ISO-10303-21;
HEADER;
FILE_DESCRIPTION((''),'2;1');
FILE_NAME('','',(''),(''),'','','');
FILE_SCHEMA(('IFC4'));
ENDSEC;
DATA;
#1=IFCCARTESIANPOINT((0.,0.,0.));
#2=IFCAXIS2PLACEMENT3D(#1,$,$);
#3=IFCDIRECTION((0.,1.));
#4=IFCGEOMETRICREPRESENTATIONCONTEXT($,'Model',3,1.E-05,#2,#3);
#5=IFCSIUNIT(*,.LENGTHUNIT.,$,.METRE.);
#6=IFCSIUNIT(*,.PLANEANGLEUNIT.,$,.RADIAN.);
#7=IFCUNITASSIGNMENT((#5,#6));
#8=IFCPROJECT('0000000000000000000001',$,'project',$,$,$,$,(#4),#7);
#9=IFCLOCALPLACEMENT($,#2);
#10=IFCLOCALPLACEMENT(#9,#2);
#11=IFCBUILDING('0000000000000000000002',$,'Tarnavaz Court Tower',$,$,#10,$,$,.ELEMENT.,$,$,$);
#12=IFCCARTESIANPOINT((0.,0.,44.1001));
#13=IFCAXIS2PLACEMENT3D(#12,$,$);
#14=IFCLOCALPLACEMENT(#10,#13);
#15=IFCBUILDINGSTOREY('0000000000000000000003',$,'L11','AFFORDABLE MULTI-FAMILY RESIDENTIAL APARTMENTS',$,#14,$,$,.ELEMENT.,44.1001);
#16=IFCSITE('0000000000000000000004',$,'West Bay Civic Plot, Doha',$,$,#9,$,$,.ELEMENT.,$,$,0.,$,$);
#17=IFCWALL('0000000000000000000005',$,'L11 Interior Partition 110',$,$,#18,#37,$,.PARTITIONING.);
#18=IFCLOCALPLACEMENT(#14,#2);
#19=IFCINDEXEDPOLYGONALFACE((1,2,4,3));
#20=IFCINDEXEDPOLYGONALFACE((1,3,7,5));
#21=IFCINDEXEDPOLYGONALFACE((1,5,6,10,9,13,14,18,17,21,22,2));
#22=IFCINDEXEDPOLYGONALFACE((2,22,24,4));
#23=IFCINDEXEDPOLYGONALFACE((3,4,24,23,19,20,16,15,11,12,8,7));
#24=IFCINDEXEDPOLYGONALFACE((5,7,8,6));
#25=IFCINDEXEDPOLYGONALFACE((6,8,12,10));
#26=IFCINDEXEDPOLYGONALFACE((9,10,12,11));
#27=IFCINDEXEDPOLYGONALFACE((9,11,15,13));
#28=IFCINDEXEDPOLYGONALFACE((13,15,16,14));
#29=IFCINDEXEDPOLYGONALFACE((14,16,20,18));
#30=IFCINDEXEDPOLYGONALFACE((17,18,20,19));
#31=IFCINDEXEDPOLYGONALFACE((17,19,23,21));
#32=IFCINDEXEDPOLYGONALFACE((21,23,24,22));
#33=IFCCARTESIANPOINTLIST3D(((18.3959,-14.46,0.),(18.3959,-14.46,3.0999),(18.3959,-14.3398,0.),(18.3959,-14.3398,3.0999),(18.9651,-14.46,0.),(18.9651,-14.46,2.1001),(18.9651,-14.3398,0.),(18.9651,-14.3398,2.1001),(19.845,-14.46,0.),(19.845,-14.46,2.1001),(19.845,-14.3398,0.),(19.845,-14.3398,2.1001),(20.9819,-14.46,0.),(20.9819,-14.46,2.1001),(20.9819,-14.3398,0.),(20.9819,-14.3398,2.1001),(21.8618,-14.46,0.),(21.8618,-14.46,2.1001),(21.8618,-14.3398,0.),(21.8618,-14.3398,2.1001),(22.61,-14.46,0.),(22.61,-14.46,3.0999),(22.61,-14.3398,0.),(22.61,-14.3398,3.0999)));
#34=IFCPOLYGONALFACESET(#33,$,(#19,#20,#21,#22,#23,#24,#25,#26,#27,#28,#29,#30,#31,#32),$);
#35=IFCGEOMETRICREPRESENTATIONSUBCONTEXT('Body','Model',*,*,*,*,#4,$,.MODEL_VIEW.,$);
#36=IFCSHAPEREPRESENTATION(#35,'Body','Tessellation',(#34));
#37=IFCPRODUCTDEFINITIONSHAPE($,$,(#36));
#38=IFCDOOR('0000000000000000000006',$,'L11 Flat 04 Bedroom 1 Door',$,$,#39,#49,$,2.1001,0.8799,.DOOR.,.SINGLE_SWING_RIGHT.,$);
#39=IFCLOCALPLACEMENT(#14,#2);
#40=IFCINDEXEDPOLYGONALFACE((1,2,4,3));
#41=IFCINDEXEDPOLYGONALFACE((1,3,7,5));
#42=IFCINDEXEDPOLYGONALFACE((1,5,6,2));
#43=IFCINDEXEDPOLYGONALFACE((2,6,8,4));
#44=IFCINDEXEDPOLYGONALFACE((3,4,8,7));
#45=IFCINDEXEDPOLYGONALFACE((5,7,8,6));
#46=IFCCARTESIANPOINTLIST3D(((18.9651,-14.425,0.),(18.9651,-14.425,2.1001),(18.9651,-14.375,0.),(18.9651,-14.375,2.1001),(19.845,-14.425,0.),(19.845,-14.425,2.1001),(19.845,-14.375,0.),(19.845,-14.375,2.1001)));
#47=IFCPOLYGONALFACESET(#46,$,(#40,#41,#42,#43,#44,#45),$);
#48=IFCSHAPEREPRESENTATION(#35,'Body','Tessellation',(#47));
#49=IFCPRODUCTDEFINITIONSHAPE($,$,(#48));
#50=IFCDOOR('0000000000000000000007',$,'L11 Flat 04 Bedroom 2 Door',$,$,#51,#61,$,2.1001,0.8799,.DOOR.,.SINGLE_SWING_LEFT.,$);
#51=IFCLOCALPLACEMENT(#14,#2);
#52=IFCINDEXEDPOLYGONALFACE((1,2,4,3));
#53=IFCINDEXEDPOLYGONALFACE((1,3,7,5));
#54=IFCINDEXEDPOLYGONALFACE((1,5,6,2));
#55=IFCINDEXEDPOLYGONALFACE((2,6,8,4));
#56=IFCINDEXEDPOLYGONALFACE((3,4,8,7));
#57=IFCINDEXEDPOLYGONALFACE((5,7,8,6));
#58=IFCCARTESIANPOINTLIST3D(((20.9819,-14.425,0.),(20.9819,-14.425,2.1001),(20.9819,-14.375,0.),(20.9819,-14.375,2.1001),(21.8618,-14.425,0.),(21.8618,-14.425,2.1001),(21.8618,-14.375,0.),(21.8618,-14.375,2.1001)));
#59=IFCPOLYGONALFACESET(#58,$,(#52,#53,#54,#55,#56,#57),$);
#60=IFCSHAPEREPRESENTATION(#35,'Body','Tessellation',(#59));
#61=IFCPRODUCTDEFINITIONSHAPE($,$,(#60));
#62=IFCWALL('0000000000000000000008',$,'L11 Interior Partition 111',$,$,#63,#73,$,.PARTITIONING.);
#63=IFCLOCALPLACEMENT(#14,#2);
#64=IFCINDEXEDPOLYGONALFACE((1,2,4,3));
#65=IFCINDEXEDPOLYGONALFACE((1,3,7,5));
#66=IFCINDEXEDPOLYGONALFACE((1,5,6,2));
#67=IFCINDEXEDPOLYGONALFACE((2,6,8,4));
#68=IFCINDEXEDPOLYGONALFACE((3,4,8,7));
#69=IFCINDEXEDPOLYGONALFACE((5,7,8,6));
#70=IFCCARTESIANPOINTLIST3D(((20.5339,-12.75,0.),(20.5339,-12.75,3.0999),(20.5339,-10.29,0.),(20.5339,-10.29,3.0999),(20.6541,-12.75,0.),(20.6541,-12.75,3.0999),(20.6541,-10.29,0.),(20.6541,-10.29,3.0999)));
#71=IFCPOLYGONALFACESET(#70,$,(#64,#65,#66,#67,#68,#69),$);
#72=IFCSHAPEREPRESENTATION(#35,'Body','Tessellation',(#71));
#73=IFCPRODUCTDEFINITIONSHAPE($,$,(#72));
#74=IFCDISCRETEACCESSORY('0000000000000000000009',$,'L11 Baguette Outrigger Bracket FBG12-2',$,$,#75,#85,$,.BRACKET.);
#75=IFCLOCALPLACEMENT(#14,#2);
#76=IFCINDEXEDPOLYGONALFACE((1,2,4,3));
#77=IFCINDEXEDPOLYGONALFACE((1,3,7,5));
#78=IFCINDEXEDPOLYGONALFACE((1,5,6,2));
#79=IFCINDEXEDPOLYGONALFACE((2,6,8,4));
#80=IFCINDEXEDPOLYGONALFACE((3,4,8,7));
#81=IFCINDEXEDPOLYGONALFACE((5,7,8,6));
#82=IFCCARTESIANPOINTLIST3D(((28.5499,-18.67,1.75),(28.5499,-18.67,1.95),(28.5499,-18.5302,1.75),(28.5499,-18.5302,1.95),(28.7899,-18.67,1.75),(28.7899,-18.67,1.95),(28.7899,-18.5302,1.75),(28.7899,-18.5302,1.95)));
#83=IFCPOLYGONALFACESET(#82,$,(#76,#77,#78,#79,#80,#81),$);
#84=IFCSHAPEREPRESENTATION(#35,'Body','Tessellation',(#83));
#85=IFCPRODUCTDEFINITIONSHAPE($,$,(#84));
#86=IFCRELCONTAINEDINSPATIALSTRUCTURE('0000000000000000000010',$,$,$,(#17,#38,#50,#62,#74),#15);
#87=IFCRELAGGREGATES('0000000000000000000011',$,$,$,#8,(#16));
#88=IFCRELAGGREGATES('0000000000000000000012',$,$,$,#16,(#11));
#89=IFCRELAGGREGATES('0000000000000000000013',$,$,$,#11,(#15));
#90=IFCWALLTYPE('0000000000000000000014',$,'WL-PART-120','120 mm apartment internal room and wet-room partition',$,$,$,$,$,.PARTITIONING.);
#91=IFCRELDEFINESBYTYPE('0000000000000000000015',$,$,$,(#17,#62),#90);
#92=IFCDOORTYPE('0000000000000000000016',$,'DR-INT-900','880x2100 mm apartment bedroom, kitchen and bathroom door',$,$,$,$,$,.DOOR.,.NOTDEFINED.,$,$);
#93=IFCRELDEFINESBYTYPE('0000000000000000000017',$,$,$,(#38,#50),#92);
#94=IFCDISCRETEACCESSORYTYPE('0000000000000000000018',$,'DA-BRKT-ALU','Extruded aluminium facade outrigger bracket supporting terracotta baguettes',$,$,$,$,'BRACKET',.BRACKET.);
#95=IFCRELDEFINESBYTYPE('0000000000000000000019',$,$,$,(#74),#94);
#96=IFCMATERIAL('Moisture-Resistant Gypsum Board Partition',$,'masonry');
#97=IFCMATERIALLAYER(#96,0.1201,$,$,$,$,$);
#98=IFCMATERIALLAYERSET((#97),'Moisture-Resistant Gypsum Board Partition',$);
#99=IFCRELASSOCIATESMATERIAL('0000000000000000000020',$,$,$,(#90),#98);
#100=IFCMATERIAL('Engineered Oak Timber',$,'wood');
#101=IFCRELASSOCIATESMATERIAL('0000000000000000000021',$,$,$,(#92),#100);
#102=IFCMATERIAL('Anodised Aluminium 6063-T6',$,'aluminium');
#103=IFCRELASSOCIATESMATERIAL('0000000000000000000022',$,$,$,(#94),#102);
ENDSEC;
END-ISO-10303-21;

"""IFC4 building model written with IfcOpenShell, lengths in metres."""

from ifc_helpers import new_model, si_unit, direction, frame, frame_2d, origin, origin_2d, place, context, subcontext, project, spatial, rectangle, extrude, material, layer, layer_set, type_object, element, fill, save


model = new_model("IFC4")

# Units and contexts
model_context = context("Model", 3, precision=1e-05, world=origin(), true_north=direction((0.0, 1.0)))
body_context = subcontext(model_context, "Body", "Model", "MODEL_VIEW")
ifc_project = project(units=[si_unit("LENGTHUNIT", "METRE"), si_unit("PLANEANGLEUNIT", "RADIAN")], contexts=[model_context])

# Site, building, storey
site_placement = place(None, origin())
site = spatial("IfcSite", under=ifc_project, at=site_placement, Name="West Bay Civic Plot, Doha", CompositionType="ELEMENT", RefElevation=0.0)
building_placement = place(site_placement, origin())
building = spatial("IfcBuilding", under=site, at=building_placement, Name="Tarnavaz Court Tower", CompositionType="ELEMENT")
storey_placement = place(building_placement, frame((0.0, 0.0, 44.1001)))
storey = spatial("IfcBuildingStorey", under=building, at=storey_placement, Name="L11", Description="AFFORDABLE MULTI-FAMILY RESIDENTIAL APARTMENTS", CompositionType="ELEMENT", Elevation=44.1001)

# Shared definitions
ifc_material_1 = material(Name="Engineered Oak Timber", Category="wood")
ifc_material_2 = material(Name="Moisture-Resistant Gypsum Board Partition", Category="masonry")
ifc_layer_1 = layer(ifc_material_2, 0.1201)
ifc_layer_set_1 = layer_set([ifc_layer_1], Name="Moisture-Resistant Gypsum Board Partition")
wall_type_1 = type_object("IfcWallType", Name="WL-PART-120", Description="120 mm apartment internal room and wet-room partition", PredefinedType="PARTITIONING", material=ifc_layer_set_1)
door_type_1 = type_object("IfcDoorType", Name="DR-INT-900", Description="880x2100 mm apartment bedroom, kitchen and bathroom door", OperationType="NOTDEFINED", PredefinedType="DOOR", material=ifc_material_1)

# Wall, openings, doors
wall_1_placement = place(storey_placement, frame((18.396, -14.3999, 0.0), z_axis=(0.0, 0.0, 1.0), x_axis=(1.0, 0.0, 0.0)))
wall_1 = element("IfcWall", 1, at=wall_1_placement, inside=storey, type_object=wall_type_1, Name="L11 Interior Partition 110", PredefinedType="PARTITIONING", context=body_context, shape_type="SweptSolid", body=[
    extrude(rectangle(XDim=4.2141, YDim=0.1201, at=frame_2d((2.1069, 0.0))), origin(), (0.0, 0.0, 1.0), 3.0999),
])
opening_1_placement = place(wall_1_placement, frame((0.5691, 0.0, 0.0)))
opening_1 = element("IfcOpeningElement", 2, at=opening_1_placement, cuts=wall_1, PredefinedType="OPENING", context=body_context, shape_type="SweptSolid", body=[
    extrude(rectangle(XDim=0.8799, YDim=2.1001, at=frame_2d((0.4399, 1.05))), frame((0.0, 0.0701, 0.0), z_axis=(0.0, -1.0, 0.0), x_axis=(1.0, 0.0, 0.0)), (0.0, 0.0, 1.0), 0.1401),
])
opening_2_placement = place(wall_1_placement, frame((2.5859, 0.0, 0.0)))
opening_2 = element("IfcOpeningElement", 3, at=opening_2_placement, cuts=wall_1, PredefinedType="OPENING", context=body_context, shape_type="SweptSolid", body=[
    extrude(rectangle(XDim=0.8799, YDim=2.1001, at=frame_2d((0.4399, 1.05))), frame((0.0, 0.0701, 0.0), z_axis=(0.0, -1.0, 0.0), x_axis=(1.0, 0.0, 0.0)), (0.0, 0.0, 1.0), 0.1401),
])
door_1_placement = place(opening_1_placement, origin())
door_1 = element("IfcDoor", 4, at=door_1_placement, inside=storey, type_object=door_type_1, Name="L11 Flat 04 Bedroom 1 Door", OperationType="SINGLE_SWING_RIGHT", OverallHeight=2.1001, OverallWidth=0.8799, PredefinedType="DOOR", context=body_context, shape_type="SweptSolid", body=[
    extrude(rectangle(XDim=0.8799, YDim=2.1001, at=frame_2d((0.4399, 1.05))), frame((0.0, 0.0249, 0.0), z_axis=(0.0, -1.0, 0.0), x_axis=(1.0, 0.0, 0.0)), (0.0, 0.0, 1.0), 0.05),
])
fill(opening_1, door_1)
door_2_placement = place(opening_2_placement, origin())
door_2 = element("IfcDoor", 5, at=door_2_placement, inside=storey, type_object=door_type_1, Name="L11 Flat 04 Bedroom 2 Door", OperationType="SINGLE_SWING_LEFT", OverallHeight=2.1001, OverallWidth=0.8799, PredefinedType="DOOR", context=body_context, shape_type="SweptSolid", body=[
    extrude(rectangle(XDim=0.8799, YDim=2.1001, at=frame_2d((0.4399, 1.05))), frame((0.0, 0.0249, 0.0), z_axis=(0.0, -1.0, 0.0), x_axis=(1.0, 0.0, 0.0)), (0.0, 0.0, 1.0), 0.05),
])
fill(opening_2, door_2)

# Wall
wall_2_placement = place(storey_placement, frame((20.594, -12.75, 0.0), z_axis=(0.0, 0.0, 1.0), x_axis=(0.0, 1.0, 0.0)))
element("IfcWall", 6, at=wall_2_placement, inside=storey, type_object=wall_type_1, Name="L11 Interior Partition 111", PredefinedType="PARTITIONING", context=body_context, shape_type="SweptSolid", body=[
    extrude(rectangle(XDim=2.46, YDim=0.1201, at=frame_2d((1.23, 0.0))), origin(), (0.0, 0.0, 1.0), 3.0999),
])

# Discrete accessory
ifc_material_3 = material(Name="Anodised Aluminium 6063-T6", Category="aluminium")
discrete_accessory_type = type_object("IfcDiscreteAccessoryType", Name="DA-BRKT-ALU", Description="Extruded aluminium facade outrigger bracket supporting terracotta baguettes", ElementType="BRACKET", PredefinedType="BRACKET", material=ifc_material_3)
discrete_accessory_placement = place(storey_placement, frame((28.6699, -18.6001, 1.75), z_axis=(0.0, 0.0, 1.0), x_axis=(0.0, -1.0, 0.0)))
element("IfcDiscreteAccessory", 7, at=discrete_accessory_placement, inside=storey, type_object=discrete_accessory_type, Name="L11 Baguette Outrigger Bracket FBG12-2", PredefinedType="BRACKET", context=body_context, shape_type="SweptSolid", body=[
    extrude(rectangle(XDim=0.1399, YDim=0.24, at=origin_2d()), origin(), (0.0, 0.0, 1.0), 0.2),
])

save(model, "model.ifc")
